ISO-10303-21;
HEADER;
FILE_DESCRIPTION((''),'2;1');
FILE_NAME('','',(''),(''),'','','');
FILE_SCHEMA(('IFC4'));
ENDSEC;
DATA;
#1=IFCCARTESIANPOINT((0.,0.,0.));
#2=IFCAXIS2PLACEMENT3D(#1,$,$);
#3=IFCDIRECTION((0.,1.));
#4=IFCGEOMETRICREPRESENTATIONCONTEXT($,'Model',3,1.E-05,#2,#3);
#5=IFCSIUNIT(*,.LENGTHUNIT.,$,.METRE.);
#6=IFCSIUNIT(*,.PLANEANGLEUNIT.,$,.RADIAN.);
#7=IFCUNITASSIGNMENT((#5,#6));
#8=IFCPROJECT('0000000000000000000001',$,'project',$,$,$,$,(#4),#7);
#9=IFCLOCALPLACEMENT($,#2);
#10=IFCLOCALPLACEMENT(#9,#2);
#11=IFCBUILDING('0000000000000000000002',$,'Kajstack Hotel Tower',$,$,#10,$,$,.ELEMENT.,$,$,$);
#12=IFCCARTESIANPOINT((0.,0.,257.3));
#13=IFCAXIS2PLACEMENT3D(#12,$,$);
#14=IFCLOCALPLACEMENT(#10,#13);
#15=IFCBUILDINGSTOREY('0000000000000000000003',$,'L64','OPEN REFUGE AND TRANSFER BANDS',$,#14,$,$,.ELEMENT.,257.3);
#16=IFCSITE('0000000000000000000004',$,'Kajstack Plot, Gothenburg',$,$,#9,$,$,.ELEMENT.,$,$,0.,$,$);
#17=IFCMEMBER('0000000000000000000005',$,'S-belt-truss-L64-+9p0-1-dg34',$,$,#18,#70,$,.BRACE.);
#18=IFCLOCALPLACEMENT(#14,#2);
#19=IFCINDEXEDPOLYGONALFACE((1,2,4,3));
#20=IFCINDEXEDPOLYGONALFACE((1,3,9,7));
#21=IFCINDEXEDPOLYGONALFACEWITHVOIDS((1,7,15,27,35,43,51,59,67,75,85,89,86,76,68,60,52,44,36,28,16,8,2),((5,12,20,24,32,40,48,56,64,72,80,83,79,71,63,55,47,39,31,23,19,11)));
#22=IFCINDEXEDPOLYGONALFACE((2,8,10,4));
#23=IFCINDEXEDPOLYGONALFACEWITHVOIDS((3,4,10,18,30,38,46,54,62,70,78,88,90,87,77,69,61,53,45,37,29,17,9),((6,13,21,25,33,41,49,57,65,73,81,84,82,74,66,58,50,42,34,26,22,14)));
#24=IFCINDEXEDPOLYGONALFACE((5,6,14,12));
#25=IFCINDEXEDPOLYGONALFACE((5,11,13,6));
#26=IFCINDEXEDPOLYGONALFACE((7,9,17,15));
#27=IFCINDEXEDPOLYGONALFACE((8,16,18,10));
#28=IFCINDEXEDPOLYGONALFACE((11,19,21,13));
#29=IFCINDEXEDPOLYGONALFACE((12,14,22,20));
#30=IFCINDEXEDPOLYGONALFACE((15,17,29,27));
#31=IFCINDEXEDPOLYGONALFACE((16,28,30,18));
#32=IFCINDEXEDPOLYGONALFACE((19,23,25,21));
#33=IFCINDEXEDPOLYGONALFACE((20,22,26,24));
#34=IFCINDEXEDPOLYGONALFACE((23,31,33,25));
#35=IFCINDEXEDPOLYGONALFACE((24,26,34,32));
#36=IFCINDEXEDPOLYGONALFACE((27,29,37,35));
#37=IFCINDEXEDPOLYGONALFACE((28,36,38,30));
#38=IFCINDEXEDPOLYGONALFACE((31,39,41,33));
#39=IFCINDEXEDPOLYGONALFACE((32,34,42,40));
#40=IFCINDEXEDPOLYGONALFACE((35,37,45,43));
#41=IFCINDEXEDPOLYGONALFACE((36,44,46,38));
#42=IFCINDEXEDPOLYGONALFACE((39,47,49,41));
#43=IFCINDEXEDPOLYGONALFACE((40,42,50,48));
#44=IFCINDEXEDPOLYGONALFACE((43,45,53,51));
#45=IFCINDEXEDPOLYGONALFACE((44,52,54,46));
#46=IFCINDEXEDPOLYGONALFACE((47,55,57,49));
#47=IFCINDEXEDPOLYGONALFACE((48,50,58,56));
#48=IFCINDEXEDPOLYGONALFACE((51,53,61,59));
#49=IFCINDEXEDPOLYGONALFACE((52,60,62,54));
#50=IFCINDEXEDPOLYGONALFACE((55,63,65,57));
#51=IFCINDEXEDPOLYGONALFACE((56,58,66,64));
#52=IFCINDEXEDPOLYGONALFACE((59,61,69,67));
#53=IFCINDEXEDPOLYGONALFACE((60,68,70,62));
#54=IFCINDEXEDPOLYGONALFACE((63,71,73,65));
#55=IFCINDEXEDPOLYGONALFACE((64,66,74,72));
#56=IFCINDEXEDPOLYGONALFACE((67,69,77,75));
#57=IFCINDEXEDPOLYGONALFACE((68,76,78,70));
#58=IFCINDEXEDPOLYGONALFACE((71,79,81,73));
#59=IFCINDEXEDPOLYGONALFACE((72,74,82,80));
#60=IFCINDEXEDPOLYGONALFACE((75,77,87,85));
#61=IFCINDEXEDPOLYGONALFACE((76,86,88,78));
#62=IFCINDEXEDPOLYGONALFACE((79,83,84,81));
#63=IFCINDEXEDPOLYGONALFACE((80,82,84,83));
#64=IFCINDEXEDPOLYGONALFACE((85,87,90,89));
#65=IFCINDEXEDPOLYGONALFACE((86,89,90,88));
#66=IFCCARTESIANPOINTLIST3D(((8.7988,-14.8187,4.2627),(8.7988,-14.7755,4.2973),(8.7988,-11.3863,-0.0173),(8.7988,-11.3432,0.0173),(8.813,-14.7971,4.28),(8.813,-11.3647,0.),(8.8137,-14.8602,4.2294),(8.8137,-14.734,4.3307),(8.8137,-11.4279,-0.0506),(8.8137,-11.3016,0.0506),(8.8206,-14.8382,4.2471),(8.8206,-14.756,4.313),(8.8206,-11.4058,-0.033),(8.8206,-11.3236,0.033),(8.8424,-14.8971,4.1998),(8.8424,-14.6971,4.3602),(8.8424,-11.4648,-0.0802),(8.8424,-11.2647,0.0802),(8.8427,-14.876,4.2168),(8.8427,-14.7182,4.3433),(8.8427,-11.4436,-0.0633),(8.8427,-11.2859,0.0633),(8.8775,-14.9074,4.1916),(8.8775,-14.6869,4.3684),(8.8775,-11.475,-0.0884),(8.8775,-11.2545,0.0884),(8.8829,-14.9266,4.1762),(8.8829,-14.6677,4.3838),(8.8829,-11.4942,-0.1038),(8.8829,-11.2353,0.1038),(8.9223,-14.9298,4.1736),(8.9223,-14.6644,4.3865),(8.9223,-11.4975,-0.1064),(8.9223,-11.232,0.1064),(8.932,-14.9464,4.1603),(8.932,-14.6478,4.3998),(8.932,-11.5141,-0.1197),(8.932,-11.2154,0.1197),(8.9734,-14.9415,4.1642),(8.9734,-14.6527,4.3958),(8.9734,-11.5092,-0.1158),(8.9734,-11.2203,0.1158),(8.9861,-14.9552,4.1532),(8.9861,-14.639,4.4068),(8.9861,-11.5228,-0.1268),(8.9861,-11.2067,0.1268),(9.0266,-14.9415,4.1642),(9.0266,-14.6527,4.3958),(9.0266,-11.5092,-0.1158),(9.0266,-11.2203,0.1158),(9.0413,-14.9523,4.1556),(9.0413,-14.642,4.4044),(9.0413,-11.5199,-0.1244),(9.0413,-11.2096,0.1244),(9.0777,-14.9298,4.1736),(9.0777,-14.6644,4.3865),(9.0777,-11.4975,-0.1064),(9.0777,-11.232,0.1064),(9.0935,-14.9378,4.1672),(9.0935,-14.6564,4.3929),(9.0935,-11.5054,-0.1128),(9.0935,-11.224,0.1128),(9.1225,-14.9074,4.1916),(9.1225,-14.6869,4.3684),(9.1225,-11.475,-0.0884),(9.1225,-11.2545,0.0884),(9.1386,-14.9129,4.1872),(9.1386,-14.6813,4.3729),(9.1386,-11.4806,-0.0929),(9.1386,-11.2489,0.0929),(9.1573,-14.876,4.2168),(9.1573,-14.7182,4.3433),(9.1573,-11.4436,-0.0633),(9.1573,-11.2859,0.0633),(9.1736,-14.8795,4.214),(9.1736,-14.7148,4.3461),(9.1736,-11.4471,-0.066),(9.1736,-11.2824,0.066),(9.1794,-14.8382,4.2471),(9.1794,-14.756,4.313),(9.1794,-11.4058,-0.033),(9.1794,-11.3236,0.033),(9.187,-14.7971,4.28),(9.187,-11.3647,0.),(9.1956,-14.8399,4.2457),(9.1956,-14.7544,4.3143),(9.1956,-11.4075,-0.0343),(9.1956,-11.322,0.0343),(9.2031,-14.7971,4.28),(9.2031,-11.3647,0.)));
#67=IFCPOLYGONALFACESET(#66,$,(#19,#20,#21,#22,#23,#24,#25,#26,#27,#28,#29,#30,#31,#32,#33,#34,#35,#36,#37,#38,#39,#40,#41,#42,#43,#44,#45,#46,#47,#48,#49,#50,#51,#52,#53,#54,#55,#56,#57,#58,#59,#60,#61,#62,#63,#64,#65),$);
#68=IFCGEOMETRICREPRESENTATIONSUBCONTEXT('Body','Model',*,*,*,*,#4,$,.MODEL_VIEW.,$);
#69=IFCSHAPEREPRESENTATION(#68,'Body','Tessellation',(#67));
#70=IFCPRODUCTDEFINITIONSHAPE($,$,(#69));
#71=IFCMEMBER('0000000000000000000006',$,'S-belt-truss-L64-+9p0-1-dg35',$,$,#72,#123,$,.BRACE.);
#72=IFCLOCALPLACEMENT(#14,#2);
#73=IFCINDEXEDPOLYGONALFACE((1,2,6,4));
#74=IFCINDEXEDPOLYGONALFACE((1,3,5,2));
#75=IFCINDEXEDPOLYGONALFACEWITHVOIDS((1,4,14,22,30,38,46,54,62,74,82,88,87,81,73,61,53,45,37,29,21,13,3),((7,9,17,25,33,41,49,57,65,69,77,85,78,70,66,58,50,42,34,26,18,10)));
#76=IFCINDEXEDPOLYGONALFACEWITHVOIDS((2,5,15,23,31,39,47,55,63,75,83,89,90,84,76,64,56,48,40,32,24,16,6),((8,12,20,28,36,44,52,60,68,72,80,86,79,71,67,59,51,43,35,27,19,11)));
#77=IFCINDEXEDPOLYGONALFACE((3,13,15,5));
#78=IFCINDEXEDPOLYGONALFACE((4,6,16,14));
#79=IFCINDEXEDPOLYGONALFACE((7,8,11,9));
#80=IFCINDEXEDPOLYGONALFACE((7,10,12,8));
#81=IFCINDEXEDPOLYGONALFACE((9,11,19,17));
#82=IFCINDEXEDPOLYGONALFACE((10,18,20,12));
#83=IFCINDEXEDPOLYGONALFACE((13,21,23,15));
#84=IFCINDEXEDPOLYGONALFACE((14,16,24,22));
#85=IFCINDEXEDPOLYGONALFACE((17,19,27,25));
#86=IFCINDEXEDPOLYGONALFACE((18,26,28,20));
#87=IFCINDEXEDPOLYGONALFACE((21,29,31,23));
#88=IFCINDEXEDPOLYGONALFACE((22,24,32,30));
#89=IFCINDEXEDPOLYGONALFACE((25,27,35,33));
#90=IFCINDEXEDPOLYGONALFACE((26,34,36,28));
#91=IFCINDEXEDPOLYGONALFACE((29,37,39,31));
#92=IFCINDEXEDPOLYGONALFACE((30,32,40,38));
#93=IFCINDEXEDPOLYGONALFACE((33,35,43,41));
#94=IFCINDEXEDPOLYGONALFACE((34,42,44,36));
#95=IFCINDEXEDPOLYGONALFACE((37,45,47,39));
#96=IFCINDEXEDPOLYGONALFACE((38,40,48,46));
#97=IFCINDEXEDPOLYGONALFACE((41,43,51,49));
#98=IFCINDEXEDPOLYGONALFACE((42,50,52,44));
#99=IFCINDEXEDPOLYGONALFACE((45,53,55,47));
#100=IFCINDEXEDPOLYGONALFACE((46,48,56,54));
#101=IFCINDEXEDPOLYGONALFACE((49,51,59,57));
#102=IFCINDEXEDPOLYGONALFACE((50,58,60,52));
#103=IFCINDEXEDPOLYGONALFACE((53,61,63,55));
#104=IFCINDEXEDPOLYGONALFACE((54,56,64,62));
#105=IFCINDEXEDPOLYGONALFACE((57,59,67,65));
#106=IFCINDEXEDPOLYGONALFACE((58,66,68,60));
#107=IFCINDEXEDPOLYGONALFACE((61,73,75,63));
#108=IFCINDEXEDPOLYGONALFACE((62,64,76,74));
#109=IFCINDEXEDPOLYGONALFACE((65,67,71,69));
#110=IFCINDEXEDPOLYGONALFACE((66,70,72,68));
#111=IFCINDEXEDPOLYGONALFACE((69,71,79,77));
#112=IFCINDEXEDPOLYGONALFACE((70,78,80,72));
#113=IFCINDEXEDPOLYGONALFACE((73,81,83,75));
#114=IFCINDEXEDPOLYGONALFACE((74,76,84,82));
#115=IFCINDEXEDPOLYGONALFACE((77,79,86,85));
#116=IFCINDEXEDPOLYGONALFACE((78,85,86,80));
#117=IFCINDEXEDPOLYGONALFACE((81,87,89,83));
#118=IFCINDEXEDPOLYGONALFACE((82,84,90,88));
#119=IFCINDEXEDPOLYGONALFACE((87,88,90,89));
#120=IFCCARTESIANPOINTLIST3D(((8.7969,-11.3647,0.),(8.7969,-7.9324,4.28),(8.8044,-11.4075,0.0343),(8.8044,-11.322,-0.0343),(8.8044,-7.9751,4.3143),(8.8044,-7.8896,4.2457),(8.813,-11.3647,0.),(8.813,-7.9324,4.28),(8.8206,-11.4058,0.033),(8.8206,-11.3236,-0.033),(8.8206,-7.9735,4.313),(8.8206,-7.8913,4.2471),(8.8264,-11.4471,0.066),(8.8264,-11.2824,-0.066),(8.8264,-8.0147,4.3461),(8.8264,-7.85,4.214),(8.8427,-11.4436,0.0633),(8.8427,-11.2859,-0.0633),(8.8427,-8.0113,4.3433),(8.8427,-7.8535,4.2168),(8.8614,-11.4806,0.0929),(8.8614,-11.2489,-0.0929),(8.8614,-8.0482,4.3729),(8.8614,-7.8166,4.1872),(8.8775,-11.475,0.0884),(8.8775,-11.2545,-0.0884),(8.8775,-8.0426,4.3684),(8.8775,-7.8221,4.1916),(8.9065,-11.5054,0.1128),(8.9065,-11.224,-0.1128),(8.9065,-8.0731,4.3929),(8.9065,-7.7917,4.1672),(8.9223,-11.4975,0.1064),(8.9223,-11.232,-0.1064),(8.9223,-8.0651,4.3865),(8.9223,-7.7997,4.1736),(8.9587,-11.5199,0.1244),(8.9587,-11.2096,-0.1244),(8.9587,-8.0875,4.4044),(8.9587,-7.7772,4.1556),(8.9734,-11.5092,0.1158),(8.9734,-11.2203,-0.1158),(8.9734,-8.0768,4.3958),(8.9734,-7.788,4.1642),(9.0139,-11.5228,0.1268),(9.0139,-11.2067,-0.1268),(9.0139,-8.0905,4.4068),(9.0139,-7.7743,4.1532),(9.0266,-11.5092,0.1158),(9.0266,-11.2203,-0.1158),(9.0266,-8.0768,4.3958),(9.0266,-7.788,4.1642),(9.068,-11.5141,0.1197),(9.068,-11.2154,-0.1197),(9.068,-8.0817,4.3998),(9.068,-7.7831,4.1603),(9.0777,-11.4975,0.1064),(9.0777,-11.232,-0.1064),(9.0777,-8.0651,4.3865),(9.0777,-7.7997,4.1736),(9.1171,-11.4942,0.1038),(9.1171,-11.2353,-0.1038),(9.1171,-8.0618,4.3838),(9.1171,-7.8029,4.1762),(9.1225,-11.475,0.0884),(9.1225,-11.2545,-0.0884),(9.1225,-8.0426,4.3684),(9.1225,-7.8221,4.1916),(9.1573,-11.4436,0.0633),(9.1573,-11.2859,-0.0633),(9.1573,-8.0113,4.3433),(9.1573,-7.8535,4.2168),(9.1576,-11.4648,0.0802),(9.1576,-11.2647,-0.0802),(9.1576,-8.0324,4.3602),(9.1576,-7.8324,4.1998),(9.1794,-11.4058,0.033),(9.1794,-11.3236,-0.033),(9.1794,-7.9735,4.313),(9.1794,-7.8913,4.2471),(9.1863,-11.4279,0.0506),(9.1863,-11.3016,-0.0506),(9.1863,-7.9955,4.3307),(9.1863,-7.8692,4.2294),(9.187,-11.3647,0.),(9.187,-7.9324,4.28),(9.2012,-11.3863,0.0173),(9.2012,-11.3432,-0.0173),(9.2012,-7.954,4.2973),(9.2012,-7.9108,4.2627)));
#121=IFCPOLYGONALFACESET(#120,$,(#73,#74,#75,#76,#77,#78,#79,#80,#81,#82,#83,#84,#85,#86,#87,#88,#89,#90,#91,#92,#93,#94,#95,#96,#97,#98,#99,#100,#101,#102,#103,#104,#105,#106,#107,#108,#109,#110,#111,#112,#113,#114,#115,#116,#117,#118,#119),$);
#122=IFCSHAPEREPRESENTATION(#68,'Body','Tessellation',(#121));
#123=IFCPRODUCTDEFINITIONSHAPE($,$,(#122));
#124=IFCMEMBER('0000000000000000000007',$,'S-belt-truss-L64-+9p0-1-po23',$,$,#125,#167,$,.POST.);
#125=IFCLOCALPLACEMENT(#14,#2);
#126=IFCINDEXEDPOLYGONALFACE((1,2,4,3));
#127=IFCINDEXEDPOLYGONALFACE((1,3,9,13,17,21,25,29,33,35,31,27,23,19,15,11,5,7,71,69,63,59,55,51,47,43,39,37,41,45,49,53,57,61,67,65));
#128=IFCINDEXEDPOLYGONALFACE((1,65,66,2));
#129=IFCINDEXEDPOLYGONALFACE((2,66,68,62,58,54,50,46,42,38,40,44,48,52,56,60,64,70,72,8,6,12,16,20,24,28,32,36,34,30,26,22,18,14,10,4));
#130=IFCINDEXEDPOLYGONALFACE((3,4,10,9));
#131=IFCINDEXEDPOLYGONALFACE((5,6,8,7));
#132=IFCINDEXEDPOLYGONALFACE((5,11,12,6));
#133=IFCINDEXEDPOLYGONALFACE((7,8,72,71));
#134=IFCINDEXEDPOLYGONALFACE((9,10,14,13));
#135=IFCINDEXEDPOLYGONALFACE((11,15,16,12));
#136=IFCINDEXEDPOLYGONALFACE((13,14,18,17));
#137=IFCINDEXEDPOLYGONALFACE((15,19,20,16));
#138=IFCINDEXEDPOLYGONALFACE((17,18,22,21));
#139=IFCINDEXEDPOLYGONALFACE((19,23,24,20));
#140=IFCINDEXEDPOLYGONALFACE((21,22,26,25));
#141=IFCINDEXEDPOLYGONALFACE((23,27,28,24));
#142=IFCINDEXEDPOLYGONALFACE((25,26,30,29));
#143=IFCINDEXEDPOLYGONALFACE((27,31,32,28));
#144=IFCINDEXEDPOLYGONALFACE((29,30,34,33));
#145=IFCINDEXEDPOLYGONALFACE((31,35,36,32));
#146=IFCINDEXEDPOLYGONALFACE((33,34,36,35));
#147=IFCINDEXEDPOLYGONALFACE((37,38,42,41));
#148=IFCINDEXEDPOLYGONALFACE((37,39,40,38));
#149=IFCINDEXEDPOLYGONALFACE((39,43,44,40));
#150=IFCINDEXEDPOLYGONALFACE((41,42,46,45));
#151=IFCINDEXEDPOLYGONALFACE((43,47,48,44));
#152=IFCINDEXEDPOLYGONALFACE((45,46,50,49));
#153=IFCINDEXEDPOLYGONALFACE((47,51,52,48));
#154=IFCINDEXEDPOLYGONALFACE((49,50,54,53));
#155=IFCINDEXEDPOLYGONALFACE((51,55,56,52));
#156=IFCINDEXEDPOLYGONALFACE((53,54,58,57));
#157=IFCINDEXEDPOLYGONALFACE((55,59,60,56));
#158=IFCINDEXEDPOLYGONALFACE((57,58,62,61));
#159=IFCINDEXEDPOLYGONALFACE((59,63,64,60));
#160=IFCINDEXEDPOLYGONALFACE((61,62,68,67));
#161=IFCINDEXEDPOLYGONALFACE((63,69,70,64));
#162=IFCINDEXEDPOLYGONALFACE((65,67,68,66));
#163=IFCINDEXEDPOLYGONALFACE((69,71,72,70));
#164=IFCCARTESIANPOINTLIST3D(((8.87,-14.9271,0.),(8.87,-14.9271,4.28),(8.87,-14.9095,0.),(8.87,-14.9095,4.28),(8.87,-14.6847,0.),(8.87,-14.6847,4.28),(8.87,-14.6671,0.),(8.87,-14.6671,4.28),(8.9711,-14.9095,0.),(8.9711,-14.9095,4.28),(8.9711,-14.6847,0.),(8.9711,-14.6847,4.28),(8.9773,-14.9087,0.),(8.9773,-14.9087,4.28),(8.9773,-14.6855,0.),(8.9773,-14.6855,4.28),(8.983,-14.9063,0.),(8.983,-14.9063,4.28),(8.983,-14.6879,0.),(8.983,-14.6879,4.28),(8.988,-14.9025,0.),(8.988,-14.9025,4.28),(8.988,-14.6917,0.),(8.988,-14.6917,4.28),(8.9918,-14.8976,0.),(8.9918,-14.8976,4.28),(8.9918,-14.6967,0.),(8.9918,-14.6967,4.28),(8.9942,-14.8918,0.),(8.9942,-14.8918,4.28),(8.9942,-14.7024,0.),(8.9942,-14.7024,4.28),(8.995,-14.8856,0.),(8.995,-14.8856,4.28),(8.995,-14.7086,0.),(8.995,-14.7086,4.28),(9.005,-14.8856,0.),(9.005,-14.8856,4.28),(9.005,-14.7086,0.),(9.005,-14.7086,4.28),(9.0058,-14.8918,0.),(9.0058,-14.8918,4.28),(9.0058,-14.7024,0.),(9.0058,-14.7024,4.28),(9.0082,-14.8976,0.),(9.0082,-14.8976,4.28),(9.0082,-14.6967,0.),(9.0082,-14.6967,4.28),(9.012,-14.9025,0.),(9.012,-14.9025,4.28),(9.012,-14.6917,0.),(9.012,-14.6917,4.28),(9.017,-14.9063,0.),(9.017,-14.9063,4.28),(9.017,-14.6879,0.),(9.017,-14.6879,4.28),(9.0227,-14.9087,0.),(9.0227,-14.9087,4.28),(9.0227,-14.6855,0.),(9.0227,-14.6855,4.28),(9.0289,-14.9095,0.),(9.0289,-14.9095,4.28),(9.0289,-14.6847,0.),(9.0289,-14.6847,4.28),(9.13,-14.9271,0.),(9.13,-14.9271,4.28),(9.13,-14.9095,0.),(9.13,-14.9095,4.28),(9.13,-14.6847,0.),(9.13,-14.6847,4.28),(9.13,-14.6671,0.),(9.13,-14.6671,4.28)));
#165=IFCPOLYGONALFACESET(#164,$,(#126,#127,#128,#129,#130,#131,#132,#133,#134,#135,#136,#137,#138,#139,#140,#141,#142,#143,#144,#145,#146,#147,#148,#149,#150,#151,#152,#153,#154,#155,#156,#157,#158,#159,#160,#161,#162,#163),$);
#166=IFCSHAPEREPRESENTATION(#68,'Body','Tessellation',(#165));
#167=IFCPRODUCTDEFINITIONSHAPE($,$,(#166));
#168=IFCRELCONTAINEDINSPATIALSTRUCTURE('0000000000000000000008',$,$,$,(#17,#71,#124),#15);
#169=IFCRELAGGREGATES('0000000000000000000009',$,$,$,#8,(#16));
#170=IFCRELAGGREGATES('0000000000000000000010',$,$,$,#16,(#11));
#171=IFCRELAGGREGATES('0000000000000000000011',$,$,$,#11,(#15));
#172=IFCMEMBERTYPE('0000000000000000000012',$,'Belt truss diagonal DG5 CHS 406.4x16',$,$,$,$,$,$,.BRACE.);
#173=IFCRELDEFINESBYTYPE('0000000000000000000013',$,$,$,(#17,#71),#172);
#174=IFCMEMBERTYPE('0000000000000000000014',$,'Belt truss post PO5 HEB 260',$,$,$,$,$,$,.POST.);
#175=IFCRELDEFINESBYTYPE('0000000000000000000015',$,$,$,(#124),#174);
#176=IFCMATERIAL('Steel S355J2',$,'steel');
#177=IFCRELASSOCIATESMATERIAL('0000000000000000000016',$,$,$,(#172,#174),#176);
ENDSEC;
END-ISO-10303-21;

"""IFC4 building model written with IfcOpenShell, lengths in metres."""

from ifc_helpers import new_model, si_unit, direction, frame, origin, origin_2d, place, context, subcontext, project, spatial, hollow_circle, i_section, extrude, material, material_profile, profile_set, type_object, element, save


model = new_model("IFC4")

# Units and contexts
model_context = context("Model", 3, precision=1e-05, world=origin(), true_north=direction((0.0, 1.0)))
body_context = subcontext(model_context, "Body", "Model", "MODEL_VIEW")
ifc_project = project(units=[si_unit("LENGTHUNIT", "METRE"), si_unit("PLANEANGLEUNIT", "RADIAN")], contexts=[model_context])

# Site, building, storey
site_placement = place(None, origin())
site = spatial("IfcSite", under=ifc_project, at=site_placement, Name="Kajstack Plot, Gothenburg", CompositionType="ELEMENT", RefElevation=0.0)
building_placement = place(site_placement, origin())
building = spatial("IfcBuilding", under=site, at=building_placement, Name="Kajstack Hotel Tower", CompositionType="ELEMENT")
storey_placement = place(building_placement, frame((0.0, 0.0, 257.3)))
storey = spatial("IfcBuildingStorey", under=building, at=storey_placement, Name="L64", Description="OPEN REFUGE AND TRANSFER BANDS", CompositionType="ELEMENT", Elevation=257.3)

# Members
ifc_material = material(Name="Steel S355J2", Category="steel")
ifc_material_profile_1 = material_profile(ifc_material, hollow_circle(Radius=0.2031, WallThickness=0.0161, at=origin_2d()), Name="CHS 406.4x16")
ifc_profile_set_1 = profile_set([ifc_material_profile_1], Name="Steel S355J2")
member_type_1 = type_object("IfcMemberType", Name="Belt truss diagonal DG5 CHS 406.4x16", PredefinedType="BRACE", material=ifc_profile_set_1)
for number, where, z_axis, x_axis, name in (
    (1, (9.0, -11.3647, 0.0), (0.0, -0.625623, 0.780126), (1.0, 0.0, 0.0), "S-belt-truss-L64-+9p0-1-dg34"),
    (2, (9.0, -11.3647, 0.0), (0.0, 0.625623, 0.780126), (-1.0, 0.0, 0.0), "S-belt-truss-L64-+9p0-1-dg35"),
):
    element("IfcMember", number, at=place(storey_placement, frame(where, z_axis=z_axis, x_axis=x_axis)), inside=storey, type_object=member_type_1, Name=name, PredefinedType="BRACE", context=body_context, shape_type="SweptSolid", body=[
        extrude(hollow_circle(Radius=0.2031, WallThickness=0.0161, at=origin_2d()), origin(), (0.0, 0.0, 1.0), 5.4863),
    ])
ifc_material_profile_2 = material_profile(ifc_material, i_section(OverallWidth=0.26, OverallDepth=0.26, WebThickness=0.01, FlangeThickness=0.0176, FilletRadius=0.0239, at=origin_2d()), Name="HEB 260")
ifc_profile_set_2 = profile_set([ifc_material_profile_2], Name="Steel S355J2")
member_type_2 = type_object("IfcMemberType", Name="Belt truss post PO5 HEB 260", PredefinedType="POST", material=ifc_profile_set_2)
for number, where, z_axis, x_axis, name in (
    (3, (9.0, -14.7971, 0.0), (0.0, 0.0, 1.0), (1.0, 0.0, 0.0), "S-belt-truss-L64-+9p0-1-po23"),
):
    element("IfcMember", number, at=place(storey_placement, frame(where, z_axis=z_axis, x_axis=x_axis)), inside=storey, type_object=member_type_2, Name=name, PredefinedType="POST", context=body_context, shape_type="SweptSolid", body=[
        extrude(i_section(OverallWidth=0.26, OverallDepth=0.26, WebThickness=0.01, FlangeThickness=0.0176, FilletRadius=0.0239, at=origin_2d()), origin(), (0.0, 0.0, 1.0), 4.28),
    ])

save(model, "model.ifc")
